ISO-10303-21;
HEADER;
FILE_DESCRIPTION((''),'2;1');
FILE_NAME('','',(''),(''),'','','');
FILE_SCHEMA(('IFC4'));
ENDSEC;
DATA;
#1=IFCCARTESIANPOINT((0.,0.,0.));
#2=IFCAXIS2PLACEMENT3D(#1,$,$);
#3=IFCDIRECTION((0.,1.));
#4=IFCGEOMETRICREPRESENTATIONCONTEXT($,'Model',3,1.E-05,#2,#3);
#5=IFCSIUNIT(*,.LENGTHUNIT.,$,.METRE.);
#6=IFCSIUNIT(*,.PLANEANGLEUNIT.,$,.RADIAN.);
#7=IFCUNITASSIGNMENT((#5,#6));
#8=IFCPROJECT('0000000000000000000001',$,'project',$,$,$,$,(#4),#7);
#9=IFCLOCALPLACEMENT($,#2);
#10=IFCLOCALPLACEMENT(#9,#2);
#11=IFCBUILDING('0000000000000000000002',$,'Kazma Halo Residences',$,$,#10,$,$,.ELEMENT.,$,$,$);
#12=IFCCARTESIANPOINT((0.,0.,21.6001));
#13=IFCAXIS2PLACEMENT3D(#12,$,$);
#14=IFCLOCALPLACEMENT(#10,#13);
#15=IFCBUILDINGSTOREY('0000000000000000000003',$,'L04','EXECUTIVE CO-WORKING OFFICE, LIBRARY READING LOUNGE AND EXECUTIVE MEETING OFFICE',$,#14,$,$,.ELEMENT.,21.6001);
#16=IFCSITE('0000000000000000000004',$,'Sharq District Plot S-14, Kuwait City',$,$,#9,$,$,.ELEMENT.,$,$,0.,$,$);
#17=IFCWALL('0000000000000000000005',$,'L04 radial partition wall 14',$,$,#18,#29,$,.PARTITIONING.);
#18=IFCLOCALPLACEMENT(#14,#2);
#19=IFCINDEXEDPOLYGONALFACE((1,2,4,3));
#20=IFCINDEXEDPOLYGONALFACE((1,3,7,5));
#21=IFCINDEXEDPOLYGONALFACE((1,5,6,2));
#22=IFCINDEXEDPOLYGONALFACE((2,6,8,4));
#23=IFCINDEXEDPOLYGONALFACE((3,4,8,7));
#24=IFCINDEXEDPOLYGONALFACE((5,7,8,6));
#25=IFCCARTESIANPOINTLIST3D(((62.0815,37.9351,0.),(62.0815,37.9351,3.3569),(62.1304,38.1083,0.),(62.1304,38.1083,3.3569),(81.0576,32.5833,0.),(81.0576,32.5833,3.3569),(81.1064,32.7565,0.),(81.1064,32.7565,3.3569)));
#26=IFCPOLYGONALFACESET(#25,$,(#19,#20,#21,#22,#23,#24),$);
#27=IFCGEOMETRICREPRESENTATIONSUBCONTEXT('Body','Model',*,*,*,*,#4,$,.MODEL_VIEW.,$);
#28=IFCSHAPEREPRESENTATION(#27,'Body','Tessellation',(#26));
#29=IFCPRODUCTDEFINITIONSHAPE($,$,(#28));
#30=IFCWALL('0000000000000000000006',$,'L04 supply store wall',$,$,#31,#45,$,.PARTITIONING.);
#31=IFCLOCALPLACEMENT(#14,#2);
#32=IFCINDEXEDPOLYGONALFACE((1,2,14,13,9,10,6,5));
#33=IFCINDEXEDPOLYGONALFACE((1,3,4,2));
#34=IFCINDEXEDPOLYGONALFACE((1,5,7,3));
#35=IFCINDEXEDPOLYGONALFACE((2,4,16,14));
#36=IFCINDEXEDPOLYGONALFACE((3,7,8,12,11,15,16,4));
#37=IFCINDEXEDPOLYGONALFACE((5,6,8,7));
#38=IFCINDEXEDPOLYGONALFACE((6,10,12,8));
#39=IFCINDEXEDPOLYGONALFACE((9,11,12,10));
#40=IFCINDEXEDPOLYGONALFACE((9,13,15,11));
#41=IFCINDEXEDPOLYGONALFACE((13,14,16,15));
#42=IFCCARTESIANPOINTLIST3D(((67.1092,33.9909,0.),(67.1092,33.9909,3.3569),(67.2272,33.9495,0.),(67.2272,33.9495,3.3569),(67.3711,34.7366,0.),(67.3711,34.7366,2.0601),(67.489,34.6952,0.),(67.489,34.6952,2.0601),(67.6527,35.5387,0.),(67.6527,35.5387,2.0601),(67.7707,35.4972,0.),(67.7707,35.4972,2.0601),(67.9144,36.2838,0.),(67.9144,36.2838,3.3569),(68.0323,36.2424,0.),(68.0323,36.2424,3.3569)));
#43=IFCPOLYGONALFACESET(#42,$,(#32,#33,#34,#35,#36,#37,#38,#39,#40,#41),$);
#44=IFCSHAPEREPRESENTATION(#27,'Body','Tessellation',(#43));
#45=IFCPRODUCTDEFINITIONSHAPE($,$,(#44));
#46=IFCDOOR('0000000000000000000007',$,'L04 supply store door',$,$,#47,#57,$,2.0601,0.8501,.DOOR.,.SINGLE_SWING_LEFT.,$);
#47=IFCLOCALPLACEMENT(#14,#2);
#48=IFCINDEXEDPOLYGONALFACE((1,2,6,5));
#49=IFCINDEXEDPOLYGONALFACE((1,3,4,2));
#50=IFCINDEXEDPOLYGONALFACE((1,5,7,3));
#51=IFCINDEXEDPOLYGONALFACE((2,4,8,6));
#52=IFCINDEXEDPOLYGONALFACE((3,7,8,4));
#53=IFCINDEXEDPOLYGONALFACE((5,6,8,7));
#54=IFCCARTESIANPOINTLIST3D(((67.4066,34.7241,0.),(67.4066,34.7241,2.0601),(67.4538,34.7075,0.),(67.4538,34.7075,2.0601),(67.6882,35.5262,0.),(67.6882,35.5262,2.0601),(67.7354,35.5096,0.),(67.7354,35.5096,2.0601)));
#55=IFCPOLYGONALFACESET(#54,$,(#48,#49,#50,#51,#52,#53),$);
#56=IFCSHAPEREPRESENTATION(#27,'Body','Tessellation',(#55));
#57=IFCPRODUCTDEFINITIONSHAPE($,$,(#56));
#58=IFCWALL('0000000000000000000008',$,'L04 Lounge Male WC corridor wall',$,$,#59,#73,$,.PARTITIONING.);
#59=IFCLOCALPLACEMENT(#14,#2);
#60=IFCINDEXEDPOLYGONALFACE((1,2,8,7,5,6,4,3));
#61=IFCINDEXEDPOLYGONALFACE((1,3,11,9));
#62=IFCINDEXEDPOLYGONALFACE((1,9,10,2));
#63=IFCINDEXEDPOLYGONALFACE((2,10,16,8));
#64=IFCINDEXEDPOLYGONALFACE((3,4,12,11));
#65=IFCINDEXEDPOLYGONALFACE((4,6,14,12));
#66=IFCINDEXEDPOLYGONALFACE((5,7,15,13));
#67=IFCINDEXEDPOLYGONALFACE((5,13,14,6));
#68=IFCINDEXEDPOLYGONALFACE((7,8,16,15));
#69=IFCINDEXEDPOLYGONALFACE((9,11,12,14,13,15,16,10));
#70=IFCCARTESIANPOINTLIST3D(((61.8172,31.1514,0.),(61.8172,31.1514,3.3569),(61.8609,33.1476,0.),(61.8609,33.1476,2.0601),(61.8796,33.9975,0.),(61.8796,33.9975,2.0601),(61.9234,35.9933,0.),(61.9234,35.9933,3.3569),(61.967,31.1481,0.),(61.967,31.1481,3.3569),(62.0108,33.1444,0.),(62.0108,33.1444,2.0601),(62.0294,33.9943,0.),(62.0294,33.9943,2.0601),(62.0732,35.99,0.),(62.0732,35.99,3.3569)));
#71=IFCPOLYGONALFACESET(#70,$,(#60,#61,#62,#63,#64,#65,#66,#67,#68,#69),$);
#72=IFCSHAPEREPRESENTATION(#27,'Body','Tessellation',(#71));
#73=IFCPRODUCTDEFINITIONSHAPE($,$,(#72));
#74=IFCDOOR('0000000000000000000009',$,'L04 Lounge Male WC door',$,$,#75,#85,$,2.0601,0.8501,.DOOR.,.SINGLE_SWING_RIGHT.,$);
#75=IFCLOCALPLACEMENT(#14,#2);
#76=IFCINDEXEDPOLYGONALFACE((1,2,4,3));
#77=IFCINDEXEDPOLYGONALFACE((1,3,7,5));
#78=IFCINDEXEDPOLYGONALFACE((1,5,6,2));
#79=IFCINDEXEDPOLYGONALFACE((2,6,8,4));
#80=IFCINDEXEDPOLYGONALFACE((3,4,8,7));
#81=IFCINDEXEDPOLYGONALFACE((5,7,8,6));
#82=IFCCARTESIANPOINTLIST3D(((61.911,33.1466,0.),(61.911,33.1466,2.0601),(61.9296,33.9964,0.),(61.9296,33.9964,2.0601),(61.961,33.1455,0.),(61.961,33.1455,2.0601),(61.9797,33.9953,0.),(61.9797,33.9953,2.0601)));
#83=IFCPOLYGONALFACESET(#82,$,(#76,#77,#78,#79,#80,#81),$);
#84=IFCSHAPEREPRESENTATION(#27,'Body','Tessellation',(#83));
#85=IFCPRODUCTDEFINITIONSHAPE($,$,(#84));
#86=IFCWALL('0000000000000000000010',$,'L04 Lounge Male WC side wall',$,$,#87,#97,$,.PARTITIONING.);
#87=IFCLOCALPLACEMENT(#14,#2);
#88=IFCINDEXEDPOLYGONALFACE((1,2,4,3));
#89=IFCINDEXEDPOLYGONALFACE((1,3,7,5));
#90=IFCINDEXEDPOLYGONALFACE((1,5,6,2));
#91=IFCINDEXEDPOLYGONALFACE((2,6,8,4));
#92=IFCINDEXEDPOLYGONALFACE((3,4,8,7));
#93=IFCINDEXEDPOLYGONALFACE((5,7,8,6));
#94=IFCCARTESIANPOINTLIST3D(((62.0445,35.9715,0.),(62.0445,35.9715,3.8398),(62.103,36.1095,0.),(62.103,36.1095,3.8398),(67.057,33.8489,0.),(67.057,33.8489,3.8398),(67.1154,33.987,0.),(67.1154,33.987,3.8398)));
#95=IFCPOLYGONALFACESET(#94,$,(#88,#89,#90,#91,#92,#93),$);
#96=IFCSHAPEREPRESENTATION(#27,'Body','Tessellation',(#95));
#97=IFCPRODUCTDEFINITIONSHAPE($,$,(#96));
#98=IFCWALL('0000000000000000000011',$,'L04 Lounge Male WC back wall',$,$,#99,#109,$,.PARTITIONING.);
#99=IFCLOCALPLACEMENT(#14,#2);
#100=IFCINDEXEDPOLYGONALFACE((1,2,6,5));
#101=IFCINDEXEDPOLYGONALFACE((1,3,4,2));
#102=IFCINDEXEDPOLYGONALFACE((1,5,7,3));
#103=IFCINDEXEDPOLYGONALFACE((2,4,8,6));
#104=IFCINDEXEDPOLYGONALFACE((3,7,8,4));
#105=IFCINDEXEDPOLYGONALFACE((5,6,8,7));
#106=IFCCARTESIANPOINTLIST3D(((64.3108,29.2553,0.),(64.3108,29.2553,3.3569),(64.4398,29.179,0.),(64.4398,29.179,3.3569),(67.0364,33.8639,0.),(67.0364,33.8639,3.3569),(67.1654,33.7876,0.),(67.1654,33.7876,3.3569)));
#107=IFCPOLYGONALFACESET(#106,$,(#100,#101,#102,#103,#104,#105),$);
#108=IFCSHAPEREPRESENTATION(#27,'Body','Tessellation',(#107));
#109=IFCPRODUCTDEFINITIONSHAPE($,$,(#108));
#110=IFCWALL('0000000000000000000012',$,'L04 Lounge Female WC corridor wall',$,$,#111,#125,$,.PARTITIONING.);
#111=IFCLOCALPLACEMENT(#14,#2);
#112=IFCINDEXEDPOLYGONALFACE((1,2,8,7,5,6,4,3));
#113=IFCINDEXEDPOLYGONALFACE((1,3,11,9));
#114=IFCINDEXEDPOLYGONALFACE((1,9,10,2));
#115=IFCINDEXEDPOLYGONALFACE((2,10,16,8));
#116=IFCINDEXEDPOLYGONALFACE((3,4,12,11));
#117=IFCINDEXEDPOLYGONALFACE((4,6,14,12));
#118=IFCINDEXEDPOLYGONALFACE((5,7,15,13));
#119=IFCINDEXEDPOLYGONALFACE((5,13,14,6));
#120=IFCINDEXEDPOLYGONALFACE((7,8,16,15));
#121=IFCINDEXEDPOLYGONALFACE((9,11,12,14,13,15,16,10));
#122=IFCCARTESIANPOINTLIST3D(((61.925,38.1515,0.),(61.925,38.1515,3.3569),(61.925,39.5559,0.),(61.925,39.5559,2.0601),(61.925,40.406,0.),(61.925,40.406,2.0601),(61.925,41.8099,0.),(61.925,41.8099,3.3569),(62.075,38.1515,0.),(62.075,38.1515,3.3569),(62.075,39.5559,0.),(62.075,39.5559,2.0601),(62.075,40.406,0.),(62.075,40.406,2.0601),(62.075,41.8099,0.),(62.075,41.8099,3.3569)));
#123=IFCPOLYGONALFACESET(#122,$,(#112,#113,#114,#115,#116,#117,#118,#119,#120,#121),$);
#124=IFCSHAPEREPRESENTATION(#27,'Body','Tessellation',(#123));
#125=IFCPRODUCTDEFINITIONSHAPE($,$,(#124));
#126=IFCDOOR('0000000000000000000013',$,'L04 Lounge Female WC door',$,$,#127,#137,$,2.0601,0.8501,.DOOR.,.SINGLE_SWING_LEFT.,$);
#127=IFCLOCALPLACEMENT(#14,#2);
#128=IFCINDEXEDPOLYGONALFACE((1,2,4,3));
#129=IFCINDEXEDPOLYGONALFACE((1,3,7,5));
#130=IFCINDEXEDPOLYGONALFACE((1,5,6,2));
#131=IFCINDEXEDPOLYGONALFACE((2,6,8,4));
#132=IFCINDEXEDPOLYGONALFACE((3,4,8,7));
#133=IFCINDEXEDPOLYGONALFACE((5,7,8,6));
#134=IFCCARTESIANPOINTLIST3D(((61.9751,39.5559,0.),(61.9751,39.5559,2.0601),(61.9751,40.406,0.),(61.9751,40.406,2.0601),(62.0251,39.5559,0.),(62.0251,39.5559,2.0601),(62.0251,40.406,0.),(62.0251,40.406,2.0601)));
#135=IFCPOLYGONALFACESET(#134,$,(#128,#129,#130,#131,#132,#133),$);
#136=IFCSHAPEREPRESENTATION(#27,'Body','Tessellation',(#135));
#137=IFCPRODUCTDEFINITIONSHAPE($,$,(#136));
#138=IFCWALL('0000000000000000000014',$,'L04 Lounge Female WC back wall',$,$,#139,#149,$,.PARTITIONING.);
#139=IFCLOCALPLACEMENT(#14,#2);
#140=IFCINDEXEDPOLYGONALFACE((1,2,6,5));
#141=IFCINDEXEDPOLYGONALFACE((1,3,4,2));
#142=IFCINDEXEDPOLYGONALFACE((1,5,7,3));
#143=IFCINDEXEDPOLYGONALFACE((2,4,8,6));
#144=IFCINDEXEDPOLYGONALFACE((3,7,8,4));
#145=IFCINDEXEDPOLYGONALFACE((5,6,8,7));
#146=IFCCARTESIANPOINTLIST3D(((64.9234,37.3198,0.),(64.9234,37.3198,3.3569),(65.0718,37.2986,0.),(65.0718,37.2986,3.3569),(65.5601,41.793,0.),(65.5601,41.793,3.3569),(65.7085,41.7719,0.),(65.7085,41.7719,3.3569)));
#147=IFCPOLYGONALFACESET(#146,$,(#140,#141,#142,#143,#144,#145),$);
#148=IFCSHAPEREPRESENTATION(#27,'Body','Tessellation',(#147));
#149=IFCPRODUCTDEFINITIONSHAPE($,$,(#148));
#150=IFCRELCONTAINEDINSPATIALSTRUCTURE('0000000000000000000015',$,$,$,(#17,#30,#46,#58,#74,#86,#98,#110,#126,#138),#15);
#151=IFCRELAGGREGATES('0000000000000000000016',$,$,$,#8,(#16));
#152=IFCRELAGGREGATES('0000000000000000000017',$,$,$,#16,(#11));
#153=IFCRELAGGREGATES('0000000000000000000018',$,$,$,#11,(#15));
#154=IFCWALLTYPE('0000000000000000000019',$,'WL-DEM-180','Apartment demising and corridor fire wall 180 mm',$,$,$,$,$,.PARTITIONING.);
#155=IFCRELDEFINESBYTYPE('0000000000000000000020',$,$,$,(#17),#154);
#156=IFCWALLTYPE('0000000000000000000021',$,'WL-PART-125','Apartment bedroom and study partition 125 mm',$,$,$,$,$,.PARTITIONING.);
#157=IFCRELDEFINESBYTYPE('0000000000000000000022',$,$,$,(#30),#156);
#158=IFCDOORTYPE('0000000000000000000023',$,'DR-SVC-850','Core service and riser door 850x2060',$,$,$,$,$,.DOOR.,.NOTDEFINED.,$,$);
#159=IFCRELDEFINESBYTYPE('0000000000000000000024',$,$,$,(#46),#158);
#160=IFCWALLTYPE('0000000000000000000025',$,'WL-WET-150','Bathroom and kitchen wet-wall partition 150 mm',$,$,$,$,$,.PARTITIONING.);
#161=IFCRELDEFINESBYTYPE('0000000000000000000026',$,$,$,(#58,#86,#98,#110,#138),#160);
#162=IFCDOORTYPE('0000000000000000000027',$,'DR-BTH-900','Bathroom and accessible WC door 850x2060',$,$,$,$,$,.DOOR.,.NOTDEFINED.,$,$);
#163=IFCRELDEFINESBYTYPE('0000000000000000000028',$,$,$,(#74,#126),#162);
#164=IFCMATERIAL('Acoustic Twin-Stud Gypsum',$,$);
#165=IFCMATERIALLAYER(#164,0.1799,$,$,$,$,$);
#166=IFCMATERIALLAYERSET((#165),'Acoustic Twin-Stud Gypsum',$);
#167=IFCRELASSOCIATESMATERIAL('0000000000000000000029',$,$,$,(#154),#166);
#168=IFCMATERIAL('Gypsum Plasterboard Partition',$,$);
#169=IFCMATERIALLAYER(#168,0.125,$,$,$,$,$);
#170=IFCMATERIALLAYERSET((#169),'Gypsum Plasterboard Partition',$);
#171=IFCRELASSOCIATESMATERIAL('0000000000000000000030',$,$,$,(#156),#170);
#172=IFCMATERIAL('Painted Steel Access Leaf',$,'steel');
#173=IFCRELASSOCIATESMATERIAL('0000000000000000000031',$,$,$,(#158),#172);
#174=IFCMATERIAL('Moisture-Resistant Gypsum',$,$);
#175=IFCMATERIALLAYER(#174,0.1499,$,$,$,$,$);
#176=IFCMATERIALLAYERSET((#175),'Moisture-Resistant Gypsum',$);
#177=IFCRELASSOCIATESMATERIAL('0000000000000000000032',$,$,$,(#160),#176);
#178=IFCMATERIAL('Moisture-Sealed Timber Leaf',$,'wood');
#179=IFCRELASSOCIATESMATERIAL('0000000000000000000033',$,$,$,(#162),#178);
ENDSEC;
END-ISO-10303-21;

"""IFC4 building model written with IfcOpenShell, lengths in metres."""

from ifc_helpers import new_model, si_unit, direction, frame, frame_2d, origin, place, context, subcontext, project, spatial, rectangle, extrude, material, layer, layer_set, type_object, element, fill, save


model = new_model("IFC4")

# Units and contexts
model_context = context("Model", 3, precision=1e-05, world=origin(), true_north=direction((0.0, 1.0)))
body_context = subcontext(model_context, "Body", "Model", "MODEL_VIEW")
ifc_project = project(units=[si_unit("LENGTHUNIT", "METRE"), si_unit("PLANEANGLEUNIT", "RADIAN")], contexts=[model_context])

# Site, building, storey
site_placement = place(None, origin())
site = spatial("IfcSite", under=ifc_project, at=site_placement, Name="Sharq District Plot S-14, Kuwait City", CompositionType="ELEMENT", RefElevation=0.0)
building_placement = place(site_placement, origin())
building = spatial("IfcBuilding", under=site, at=building_placement, Name="Kazma Halo Residences", CompositionType="ELEMENT")
storey_placement = place(building_placement, frame((0.0, 0.0, 21.6001)))
storey = spatial("IfcBuildingStorey", under=building, at=storey_placement, Name="L04", Description="EXECUTIVE CO-WORKING OFFICE, LIBRARY READING LOUNGE AND EXECUTIVE MEETING OFFICE", CompositionType="ELEMENT", Elevation=21.6001)

# Wall
ifc_material_1 = material(Name="Acoustic Twin-Stud Gypsum")
ifc_layer_1 = layer(ifc_material_1, 0.1799)
ifc_layer_set_1 = layer_set([ifc_layer_1], Name="Acoustic Twin-Stud Gypsum")
wall_type_1 = type_object("IfcWallType", Name="WL-DEM-180", Description="Apartment demising and corridor fire wall 180 mm", PredefinedType="PARTITIONING", material=ifc_layer_set_1)
wall_1_placement = place(storey_placement, frame((62.106, 38.0217, 0.0), z_axis=(0.0, 0.0, 1.0), x_axis=(0.962455, -0.27144, 0.0)))
element("IfcWall", 1, at=wall_1_placement, inside=storey, type_object=wall_type_1, Name="L04 radial partition wall 14", PredefinedType="PARTITIONING", context=body_context, shape_type="SweptSolid", body=[
    extrude(rectangle(XDim=19.7163, YDim=0.1799, at=frame_2d((9.8582, 0.0))), origin(), (0.0, 0.0, 1.0), 3.3569),
])

# Walls, openings, doors
ifc_material_2 = material(Name="Gypsum Plasterboard Partition")
ifc_layer_2 = layer(ifc_material_2, 0.125)
ifc_layer_set_2 = layer_set([ifc_layer_2], Name="Gypsum Plasterboard Partition")
wall_type_2 = type_object("IfcWallType", Name="WL-PART-125", Description="Apartment bedroom and study partition 125 mm", PredefinedType="PARTITIONING", material=ifc_layer_set_2)
wall_2_placement = place(storey_placement, frame((67.1682, 33.9702, 0.0), z_axis=(0.0, 0.0, 1.0), x_axis=(0.331317, 0.94352, 0.0)))
wall_2 = element("IfcWall", 2, at=wall_2_placement, inside=storey, type_object=wall_type_2, Name="L04 supply store wall", PredefinedType="PARTITIONING", context=body_context, shape_type="SweptSolid", body=[
    extrude(rectangle(XDim=2.4302, YDim=0.125, at=frame_2d((1.2151, 0.0))), origin(), (0.0, 0.0, 1.0), 3.3569),
])
opening_1_placement = place(wall_2_placement, frame((0.7903, 0.0, 0.0)))
opening_1 = element("IfcOpeningElement", 3, at=opening_1_placement, cuts=wall_2, PredefinedType="OPENING", context=body_context, shape_type="SweptSolid", body=[
    extrude(rectangle(XDim=0.8501, YDim=2.0601, at=frame_2d((0.425, 1.03))), frame((0.0, 0.0725, 0.0), z_axis=(0.0, -1.0, 0.0), x_axis=(1.0, 0.0, 0.0)), (0.0, 0.0, 1.0), 0.145),
])
ifc_material_3 = material(Name="Painted Steel Access Leaf", Category="steel")
door_type_1 = type_object("IfcDoorType", Name="DR-SVC-850", Description="Core service and riser door 850x2060", OperationType="NOTDEFINED", PredefinedType="DOOR", material=ifc_material_3)
door_1_placement = place(opening_1_placement, origin())
door_1 = element("IfcDoor", 4, at=door_1_placement, inside=storey, type_object=door_type_1, Name="L04 supply store door", OperationType="SINGLE_SWING_LEFT", OverallHeight=2.0601, OverallWidth=0.8501, PredefinedType="DOOR", context=body_context, shape_type="SweptSolid", body=[
    extrude(rectangle(XDim=0.8501, YDim=2.0601, at=frame_2d((0.425, 1.03))), frame((0.0, 0.0249, 0.0), z_axis=(0.0, -1.0, 0.0), x_axis=(1.0, 0.0, 0.0)), (0.0, 0.0, 1.0), 0.05),
])
fill(opening_1, door_1)
ifc_material_4 = material(Name="Moisture-Resistant Gypsum")
ifc_layer_3 = layer(ifc_material_4, 0.1499)
ifc_layer_set_3 = layer_set([ifc_layer_3], Name="Moisture-Resistant Gypsum")
wall_type_3 = type_object("IfcWallType", Name="WL-WET-150", Description="Bathroom and kitchen wet-wall partition 150 mm", PredefinedType="PARTITIONING", material=ifc_layer_set_3)
wall_3_placement = place(storey_placement, frame((61.8921, 31.1499, 0.0), z_axis=(0.0, 0.0, 1.0), x_axis=(0.021929, 0.99976, 0.0)))
wall_3 = element("IfcWall", 5, at=wall_3_placement, inside=storey, type_object=wall_type_3, Name="L04 Lounge Male WC corridor wall", PredefinedType="PARTITIONING", context=body_context, shape_type="SweptSolid", body=[
    extrude(rectangle(XDim=4.843, YDim=0.1499, at=frame_2d((2.4214, 0.0))), origin(), (0.0, 0.0, 1.0), 3.3569),
])
opening_2_placement = place(wall_3_placement, frame((1.9966, 0.0, 0.0)))
opening_2 = element("IfcOpeningElement", 6, at=opening_2_placement, cuts=wall_3, PredefinedType="OPENING", context=body_context, shape_type="SweptSolid", body=[
    extrude(rectangle(XDim=0.8501, YDim=2.0601, at=frame_2d((0.425, 1.03))), frame((0.0, 0.085, 0.0), z_axis=(0.0, -1.0, 0.0), x_axis=(1.0, 0.0, 0.0)), (0.0, 0.0, 1.0), 0.1699),
])
ifc_material_5 = material(Name="Moisture-Sealed Timber Leaf", Category="wood")
door_type_2 = type_object("IfcDoorType", Name="DR-BTH-900", Description="Bathroom and accessible WC door 850x2060", OperationType="NOTDEFINED", PredefinedType="DOOR", material=ifc_material_5)
door_2_placement = place(opening_2_placement, origin())
door_2 = element("IfcDoor", 7, at=door_2_placement, inside=storey, type_object=door_type_2, Name="L04 Lounge Male WC door", OperationType="SINGLE_SWING_RIGHT", OverallHeight=2.0601, OverallWidth=0.8501, PredefinedType="DOOR", context=body_context, shape_type="SweptSolid", body=[
    extrude(rectangle(XDim=0.8501, YDim=2.0601, at=frame_2d((0.425, 1.03))), frame((0.0, 0.0249, 0.0), z_axis=(0.0, -1.0, 0.0), x_axis=(1.0, 0.0, 0.0)), (0.0, 0.0, 1.0), 0.05),
])
fill(opening_2, door_2)

# Walls
wall_4_placement = place(storey_placement, frame((62.0737, 36.0405, 0.0), z_axis=(0.0, 0.0, 1.0), x_axis=(0.920842, -0.389937, 0.0)))
element("IfcWall", 8, at=wall_4_placement, inside=storey, type_object=wall_type_3, Name="L04 Lounge Male WC side wall", PredefinedType="PARTITIONING", context=body_context, shape_type="SweptSolid", body=[
    extrude(rectangle(XDim=5.4434, YDim=0.1499, at=frame_2d((2.7217, 0.0))), origin(), (0.0, 0.0, 1.0), 3.8398),
])
wall_5_placement = place(storey_placement, frame((64.3752, 29.217, 0.0), z_axis=(0.0, 0.0, 1.0), x_axis=(0.509047, 0.860739, 0.0)))
element("IfcWall", 9, at=wall_5_placement, inside=storey, type_object=wall_type_3, Name="L04 Lounge Male WC back wall", PredefinedType="PARTITIONING", context=body_context, shape_type="SweptSolid", body=[
    extrude(rectangle(XDim=5.3542, YDim=0.1499, at=frame_2d((2.6772, 0.0))), origin(), (0.0, 0.0, 1.0), 3.3569),
])

# Wall, opening, door
wall_6_placement = place(storey_placement, frame((62.0, 38.1516, 0.0), z_axis=(0.0, 0.0, 1.0), x_axis=(0.0, 1.0, 0.0)))
wall_6 = element("IfcWall", 10, at=wall_6_placement, inside=storey, type_object=wall_type_3, Name="L04 Lounge Female WC corridor wall", PredefinedType="PARTITIONING", context=body_context, shape_type="SweptSolid", body=[
    extrude(rectangle(XDim=3.6584, YDim=0.1499, at=frame_2d((1.8291, 0.0))), origin(), (0.0, 0.0, 1.0), 3.3569),
])
opening_3_placement = place(wall_6_placement, frame((1.4043, 0.0, 0.0)))
opening_3 = element("IfcOpeningElement", 11, at=opening_3_placement, cuts=wall_6, PredefinedType="OPENING", context=body_context, shape_type="SweptSolid", body=[
    extrude(rectangle(XDim=0.8501, YDim=2.0601, at=frame_2d((0.425, 1.03))), frame((0.0, 0.085, 0.0), z_axis=(0.0, -1.0, 0.0), x_axis=(1.0, 0.0, 0.0)), (0.0, 0.0, 1.0), 0.1699),
])
door_3_placement = place(opening_3_placement, origin())
door_3 = element("IfcDoor", 12, at=door_3_placement, inside=storey, type_object=door_type_2, Name="L04 Lounge Female WC door", OperationType="SINGLE_SWING_LEFT", OverallHeight=2.0601, OverallWidth=0.8501, PredefinedType="DOOR", context=body_context, shape_type="SweptSolid", body=[
    extrude(rectangle(XDim=0.8501, YDim=2.0601, at=frame_2d((0.425, 1.03))), frame((0.0, 0.0249, 0.0), z_axis=(0.0, -1.0, 0.0), x_axis=(1.0, 0.0, 0.0)), (0.0, 0.0, 1.0), 0.05),
])
fill(opening_3, door_3)

# Wall
wall_7_placement = place(storey_placement, frame((64.9976, 37.3091, 0.0), z_axis=(0.0, 0.0, 1.0), x_axis=(0.140922, 0.990021, 0.0)))
element("IfcWall", 13, at=wall_7_placement, inside=storey, type_object=wall_type_3, Name="L04 Lounge Female WC back wall", PredefinedType="PARTITIONING", context=body_context, shape_type="SweptSolid", body=[
    extrude(rectangle(XDim=4.5183, YDim=0.1499, at=frame_2d((2.2593, 0.0))), origin(), (0.0, 0.0, 1.0), 3.3569),
])

save(model, "model.ifc")
